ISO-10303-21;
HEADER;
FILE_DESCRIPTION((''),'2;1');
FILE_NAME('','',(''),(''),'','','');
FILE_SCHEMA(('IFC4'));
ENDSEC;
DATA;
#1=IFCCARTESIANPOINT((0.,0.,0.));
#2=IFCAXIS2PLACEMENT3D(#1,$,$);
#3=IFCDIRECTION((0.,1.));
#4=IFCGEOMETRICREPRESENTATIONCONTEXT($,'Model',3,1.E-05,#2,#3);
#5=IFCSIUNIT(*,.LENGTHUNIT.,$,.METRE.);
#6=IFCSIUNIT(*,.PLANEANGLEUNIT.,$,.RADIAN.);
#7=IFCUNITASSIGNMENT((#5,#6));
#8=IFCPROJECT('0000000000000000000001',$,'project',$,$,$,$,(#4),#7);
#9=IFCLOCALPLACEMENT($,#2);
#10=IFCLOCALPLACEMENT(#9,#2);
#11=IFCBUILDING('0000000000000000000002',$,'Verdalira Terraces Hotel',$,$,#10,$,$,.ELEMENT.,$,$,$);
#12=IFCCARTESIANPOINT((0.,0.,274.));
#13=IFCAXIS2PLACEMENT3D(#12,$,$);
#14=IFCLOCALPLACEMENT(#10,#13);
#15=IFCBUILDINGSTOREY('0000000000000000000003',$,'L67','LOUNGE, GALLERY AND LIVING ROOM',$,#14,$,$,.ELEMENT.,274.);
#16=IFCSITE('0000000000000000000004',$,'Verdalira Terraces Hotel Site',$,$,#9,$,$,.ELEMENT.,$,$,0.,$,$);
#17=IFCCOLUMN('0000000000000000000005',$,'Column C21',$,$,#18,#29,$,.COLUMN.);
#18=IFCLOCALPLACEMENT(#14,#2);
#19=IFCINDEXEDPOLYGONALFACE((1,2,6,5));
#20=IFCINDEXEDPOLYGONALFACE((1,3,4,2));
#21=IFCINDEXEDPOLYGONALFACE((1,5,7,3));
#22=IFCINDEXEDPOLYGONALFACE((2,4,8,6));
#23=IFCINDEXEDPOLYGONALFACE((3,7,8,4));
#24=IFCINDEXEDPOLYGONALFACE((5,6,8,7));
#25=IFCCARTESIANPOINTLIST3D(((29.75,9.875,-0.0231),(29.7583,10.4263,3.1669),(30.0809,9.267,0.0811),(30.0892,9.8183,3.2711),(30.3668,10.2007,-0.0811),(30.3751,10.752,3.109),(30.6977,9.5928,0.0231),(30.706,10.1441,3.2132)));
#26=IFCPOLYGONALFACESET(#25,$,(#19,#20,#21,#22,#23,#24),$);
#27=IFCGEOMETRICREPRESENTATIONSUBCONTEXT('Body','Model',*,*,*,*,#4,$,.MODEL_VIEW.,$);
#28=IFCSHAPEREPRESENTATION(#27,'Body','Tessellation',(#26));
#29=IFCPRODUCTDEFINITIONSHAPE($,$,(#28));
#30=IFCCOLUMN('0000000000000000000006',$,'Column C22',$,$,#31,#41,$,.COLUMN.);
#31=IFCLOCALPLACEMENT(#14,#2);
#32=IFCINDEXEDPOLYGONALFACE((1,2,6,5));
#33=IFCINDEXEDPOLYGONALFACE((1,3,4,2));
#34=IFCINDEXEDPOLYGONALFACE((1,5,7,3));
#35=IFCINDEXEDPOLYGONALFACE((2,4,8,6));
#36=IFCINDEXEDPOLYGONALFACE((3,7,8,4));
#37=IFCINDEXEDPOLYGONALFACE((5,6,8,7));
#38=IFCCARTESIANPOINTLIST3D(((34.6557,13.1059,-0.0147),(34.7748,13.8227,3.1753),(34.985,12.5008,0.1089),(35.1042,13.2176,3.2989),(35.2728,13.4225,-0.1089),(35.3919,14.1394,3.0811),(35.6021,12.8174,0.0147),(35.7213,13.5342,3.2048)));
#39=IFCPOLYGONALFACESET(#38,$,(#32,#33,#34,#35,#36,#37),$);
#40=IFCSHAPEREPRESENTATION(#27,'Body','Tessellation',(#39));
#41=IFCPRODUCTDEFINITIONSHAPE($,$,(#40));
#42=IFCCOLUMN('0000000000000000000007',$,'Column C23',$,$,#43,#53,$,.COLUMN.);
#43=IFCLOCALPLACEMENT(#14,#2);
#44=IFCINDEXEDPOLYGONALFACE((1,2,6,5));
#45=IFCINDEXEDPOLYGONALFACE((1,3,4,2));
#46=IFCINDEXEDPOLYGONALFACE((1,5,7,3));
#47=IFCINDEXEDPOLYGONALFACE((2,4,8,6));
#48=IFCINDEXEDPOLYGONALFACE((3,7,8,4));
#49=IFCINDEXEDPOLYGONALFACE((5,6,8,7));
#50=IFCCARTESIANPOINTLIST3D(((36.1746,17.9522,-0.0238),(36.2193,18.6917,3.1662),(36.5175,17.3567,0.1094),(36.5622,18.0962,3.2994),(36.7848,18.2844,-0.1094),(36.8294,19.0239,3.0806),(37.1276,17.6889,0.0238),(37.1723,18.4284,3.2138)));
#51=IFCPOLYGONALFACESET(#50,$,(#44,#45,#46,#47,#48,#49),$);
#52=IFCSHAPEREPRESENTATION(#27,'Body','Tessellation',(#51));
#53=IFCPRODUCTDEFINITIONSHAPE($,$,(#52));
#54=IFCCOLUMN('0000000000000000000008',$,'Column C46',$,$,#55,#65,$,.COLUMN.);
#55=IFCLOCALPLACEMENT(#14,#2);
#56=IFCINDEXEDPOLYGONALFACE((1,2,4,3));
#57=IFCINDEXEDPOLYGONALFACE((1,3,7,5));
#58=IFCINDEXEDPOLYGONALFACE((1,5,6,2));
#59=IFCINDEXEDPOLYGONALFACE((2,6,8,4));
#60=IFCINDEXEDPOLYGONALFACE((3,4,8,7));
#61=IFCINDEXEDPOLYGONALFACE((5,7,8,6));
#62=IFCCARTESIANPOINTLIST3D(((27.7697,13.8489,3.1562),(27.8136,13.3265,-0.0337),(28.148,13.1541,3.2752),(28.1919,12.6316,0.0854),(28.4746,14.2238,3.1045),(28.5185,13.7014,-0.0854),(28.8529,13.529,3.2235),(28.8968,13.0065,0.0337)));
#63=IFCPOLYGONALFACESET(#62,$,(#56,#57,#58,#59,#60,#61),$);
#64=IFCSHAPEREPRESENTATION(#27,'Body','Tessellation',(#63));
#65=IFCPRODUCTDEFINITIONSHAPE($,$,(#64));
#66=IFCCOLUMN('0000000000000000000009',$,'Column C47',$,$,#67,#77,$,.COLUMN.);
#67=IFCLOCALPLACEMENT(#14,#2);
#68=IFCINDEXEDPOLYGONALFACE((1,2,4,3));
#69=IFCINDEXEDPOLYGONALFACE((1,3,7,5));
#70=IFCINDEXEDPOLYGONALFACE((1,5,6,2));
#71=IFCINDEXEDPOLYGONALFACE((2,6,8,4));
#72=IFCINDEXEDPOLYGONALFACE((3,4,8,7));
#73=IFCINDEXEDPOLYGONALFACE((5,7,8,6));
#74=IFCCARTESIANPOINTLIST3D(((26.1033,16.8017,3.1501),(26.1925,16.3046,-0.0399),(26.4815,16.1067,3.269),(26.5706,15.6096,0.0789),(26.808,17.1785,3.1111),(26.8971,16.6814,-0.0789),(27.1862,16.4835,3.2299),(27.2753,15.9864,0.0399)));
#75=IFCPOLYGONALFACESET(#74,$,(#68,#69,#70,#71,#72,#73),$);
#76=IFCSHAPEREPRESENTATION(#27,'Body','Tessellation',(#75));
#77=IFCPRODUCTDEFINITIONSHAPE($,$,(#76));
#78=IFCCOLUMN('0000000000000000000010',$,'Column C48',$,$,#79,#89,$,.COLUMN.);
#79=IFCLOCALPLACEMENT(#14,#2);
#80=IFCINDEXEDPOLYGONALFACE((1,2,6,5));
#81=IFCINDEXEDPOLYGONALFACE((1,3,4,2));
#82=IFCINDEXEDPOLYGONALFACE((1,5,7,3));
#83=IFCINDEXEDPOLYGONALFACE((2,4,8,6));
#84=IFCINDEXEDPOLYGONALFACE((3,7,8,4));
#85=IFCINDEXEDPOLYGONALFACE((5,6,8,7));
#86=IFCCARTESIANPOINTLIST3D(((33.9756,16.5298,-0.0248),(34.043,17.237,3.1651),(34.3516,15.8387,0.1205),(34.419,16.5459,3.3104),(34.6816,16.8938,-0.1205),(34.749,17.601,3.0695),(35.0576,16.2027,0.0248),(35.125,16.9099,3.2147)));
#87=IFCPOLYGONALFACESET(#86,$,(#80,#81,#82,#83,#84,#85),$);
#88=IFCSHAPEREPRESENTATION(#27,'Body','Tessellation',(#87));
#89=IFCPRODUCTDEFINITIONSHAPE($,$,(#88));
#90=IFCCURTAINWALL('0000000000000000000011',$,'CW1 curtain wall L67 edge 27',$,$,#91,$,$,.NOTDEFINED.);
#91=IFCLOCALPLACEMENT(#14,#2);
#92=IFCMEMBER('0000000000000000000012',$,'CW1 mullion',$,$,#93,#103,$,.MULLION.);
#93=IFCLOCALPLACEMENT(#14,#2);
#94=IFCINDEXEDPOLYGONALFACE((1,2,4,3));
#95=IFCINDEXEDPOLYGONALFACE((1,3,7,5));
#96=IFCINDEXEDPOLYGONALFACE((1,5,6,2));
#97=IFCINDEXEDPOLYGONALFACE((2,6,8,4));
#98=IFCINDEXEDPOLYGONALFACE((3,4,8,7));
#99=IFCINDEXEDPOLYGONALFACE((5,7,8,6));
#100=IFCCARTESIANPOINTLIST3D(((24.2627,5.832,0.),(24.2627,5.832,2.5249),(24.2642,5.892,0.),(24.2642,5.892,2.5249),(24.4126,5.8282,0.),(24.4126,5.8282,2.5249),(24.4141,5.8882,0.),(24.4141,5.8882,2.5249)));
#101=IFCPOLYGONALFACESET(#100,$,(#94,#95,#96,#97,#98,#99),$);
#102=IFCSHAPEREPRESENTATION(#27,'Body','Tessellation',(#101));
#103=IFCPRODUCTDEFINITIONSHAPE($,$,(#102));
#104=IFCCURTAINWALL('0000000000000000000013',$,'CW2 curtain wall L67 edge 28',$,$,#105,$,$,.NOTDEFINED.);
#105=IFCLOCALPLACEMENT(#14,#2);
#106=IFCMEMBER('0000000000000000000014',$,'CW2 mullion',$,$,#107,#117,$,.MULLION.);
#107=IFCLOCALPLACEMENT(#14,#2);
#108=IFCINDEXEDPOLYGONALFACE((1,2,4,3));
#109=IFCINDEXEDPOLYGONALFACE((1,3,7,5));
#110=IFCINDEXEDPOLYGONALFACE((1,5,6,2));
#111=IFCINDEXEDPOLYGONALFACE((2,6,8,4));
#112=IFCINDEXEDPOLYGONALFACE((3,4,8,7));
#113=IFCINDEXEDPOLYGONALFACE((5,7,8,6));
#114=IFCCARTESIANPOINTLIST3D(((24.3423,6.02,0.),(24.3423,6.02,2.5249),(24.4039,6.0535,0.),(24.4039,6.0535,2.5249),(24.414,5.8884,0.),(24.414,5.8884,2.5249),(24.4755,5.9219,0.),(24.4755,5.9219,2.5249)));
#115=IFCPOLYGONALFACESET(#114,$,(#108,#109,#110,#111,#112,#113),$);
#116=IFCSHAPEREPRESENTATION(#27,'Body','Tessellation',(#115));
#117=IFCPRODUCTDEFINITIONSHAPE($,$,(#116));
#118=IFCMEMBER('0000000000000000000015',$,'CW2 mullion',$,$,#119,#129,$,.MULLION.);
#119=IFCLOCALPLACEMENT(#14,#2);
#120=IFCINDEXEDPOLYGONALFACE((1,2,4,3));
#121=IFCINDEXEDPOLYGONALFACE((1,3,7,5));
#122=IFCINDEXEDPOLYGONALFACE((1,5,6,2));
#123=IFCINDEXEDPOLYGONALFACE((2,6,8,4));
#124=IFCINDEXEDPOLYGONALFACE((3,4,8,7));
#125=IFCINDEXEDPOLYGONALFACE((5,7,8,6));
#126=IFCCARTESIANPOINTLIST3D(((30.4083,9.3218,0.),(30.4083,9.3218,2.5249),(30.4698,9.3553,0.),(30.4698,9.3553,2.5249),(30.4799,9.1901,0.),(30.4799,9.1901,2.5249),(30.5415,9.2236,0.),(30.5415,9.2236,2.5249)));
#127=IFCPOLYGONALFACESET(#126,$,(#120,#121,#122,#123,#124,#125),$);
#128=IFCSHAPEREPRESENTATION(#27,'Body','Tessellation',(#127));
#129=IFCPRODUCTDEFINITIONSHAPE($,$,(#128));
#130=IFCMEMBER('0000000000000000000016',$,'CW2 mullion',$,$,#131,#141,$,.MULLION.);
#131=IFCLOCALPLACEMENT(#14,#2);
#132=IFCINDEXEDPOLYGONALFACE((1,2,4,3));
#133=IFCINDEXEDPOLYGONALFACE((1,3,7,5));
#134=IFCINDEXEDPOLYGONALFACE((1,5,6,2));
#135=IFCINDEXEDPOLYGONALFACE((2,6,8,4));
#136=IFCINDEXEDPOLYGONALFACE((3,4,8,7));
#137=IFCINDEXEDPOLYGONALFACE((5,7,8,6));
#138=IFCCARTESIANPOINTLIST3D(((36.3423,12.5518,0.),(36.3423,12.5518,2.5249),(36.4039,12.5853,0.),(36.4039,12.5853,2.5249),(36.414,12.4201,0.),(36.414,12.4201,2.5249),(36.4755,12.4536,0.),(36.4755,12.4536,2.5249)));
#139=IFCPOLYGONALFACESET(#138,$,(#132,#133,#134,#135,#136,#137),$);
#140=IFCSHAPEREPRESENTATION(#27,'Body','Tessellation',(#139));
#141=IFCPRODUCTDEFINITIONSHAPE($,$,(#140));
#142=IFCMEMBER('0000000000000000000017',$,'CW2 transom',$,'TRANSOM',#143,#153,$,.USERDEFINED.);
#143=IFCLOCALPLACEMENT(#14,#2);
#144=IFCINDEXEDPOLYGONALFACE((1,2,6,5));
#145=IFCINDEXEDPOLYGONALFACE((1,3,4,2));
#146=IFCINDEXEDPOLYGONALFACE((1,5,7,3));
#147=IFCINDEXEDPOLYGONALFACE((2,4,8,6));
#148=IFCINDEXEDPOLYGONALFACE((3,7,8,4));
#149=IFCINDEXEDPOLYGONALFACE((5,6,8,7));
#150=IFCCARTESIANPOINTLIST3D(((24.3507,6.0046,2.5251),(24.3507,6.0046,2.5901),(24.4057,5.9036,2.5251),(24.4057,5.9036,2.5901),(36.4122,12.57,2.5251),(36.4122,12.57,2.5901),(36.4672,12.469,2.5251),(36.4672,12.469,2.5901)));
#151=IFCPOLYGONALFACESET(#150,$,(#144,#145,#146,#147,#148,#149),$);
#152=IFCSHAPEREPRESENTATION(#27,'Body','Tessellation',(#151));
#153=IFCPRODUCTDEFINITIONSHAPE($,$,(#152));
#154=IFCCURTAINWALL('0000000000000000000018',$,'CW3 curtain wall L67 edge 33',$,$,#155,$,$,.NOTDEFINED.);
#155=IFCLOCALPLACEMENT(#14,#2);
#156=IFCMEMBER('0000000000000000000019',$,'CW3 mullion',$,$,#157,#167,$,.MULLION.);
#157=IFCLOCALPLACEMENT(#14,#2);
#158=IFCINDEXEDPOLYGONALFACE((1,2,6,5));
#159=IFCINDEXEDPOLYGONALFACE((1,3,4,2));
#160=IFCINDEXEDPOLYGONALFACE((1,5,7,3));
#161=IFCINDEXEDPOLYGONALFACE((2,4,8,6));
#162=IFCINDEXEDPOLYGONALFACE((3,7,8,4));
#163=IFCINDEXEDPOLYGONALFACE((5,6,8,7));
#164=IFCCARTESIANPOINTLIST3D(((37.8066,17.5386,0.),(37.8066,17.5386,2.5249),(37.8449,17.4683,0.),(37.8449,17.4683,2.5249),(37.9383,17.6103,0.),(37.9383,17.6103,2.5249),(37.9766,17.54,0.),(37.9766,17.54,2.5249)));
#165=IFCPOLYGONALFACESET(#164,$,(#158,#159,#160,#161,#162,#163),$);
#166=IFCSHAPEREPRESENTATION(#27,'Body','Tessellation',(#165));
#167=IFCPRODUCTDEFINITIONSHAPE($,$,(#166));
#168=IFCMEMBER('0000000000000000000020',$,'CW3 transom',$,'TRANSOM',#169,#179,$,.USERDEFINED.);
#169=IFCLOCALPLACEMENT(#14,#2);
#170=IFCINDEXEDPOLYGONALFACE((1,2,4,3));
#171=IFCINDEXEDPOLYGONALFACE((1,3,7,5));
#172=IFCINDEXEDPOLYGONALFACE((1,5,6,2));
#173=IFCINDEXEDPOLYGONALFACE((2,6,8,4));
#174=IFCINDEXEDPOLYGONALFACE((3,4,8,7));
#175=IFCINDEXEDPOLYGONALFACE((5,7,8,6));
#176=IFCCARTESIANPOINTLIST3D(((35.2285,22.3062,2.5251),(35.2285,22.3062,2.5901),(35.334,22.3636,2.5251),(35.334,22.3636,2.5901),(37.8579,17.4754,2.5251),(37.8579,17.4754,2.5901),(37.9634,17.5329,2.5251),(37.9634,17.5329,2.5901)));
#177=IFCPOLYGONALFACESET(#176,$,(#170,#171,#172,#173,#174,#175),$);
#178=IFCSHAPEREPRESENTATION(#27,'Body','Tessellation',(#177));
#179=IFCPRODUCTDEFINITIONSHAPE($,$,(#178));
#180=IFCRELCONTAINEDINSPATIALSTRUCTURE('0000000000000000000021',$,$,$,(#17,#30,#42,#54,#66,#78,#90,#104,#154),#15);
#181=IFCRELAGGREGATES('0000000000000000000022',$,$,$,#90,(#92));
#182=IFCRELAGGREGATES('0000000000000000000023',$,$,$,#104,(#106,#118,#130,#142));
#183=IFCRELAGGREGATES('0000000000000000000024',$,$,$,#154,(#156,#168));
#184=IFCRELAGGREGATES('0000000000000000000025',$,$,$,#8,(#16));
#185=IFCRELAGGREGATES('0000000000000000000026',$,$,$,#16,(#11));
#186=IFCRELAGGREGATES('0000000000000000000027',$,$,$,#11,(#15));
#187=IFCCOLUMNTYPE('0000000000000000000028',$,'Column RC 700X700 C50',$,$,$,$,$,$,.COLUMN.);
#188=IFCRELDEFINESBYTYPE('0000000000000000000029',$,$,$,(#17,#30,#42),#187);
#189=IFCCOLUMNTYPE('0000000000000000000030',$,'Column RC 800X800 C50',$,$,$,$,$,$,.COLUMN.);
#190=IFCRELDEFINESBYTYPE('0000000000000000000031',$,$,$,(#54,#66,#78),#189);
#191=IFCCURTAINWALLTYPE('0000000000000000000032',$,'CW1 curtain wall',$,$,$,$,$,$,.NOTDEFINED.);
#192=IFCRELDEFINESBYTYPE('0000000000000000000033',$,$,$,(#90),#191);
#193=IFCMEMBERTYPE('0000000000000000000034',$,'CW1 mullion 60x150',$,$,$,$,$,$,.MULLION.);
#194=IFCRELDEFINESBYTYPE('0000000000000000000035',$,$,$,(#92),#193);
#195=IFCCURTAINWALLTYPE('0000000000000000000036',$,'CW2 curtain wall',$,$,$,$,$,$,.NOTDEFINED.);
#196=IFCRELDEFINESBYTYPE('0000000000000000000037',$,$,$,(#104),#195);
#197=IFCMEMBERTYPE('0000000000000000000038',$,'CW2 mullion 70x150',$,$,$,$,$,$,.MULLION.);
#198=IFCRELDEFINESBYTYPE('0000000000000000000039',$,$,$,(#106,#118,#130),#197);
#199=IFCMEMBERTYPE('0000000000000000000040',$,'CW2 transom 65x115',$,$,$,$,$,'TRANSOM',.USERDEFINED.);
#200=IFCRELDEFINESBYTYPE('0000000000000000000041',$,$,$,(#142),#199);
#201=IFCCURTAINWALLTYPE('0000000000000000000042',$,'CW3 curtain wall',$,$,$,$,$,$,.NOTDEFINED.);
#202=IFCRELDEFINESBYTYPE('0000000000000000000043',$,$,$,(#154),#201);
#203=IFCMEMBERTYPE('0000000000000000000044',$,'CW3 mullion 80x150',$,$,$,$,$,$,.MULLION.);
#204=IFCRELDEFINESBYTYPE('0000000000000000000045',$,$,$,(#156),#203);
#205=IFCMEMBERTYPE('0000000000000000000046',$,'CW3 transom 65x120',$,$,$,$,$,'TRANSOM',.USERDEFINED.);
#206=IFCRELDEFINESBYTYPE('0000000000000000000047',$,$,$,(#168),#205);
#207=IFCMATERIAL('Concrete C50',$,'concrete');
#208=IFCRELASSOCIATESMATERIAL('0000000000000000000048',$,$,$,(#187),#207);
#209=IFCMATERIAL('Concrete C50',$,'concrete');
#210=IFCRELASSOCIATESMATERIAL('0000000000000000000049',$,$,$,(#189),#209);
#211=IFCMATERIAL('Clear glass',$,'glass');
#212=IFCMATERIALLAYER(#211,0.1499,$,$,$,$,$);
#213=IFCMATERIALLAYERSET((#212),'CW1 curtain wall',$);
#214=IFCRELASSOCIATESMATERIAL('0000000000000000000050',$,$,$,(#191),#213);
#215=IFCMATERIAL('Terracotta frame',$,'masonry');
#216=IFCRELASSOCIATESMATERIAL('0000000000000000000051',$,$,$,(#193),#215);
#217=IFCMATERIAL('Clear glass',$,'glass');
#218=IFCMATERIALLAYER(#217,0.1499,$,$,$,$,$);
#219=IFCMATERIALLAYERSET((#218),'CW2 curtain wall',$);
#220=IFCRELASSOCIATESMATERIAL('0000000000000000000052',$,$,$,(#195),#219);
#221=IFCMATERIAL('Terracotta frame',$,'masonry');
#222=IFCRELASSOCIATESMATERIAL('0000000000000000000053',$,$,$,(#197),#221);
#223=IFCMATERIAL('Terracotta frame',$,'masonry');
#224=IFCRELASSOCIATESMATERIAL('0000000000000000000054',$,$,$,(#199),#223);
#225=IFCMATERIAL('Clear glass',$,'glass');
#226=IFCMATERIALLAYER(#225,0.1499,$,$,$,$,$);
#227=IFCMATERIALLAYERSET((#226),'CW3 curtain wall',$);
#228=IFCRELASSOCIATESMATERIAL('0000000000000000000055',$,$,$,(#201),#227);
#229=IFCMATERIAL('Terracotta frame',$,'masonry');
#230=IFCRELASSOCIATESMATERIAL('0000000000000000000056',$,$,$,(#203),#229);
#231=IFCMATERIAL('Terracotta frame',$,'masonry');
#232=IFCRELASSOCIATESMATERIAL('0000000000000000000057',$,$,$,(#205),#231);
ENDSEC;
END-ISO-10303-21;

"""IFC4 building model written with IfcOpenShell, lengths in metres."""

from ifc_helpers import new_model, si_unit, direction, frame, origin, origin_2d, place, context, subcontext, project, spatial, rectangle, extrude, material, layer, layer_set, material_profile, profile_set, type_object, element, aggregate, save


model = new_model("IFC4")

# Units and contexts
model_context = context("Model", 3, precision=1e-05, world=origin(), true_north=direction((0.0, 1.0)))
body_context = subcontext(model_context, "Body", "Model", "MODEL_VIEW")
ifc_project = project(units=[si_unit("LENGTHUNIT", "METRE"), si_unit("PLANEANGLEUNIT", "RADIAN")], contexts=[model_context])

# Site, building, storey
site_placement = place(None, origin())
site = spatial("IfcSite", under=ifc_project, at=site_placement, Name="Verdalira Terraces Hotel Site", CompositionType="ELEMENT", RefElevation=0.0)
building_placement = place(site_placement, origin())
building = spatial("IfcBuilding", under=site, at=building_placement, Name="Verdalira Terraces Hotel", CompositionType="ELEMENT")
storey_placement = place(building_placement, frame((0.0, 0.0, 274.0)))
storey = spatial("IfcBuildingStorey", under=building, at=storey_placement, Name="L67", Description="LOUNGE, GALLERY AND LIVING ROOM", CompositionType="ELEMENT", Elevation=274.0)

# Columns
ifc_material_1 = material(Name="Concrete C50", Category="concrete")
ifc_material_profile_1 = material_profile(ifc_material_1, rectangle(XDim=0.7, YDim=0.7, at=origin_2d()), Name="RC 700X700")
ifc_profile_set_1 = profile_set([ifc_material_profile_1], Name="Concrete C50")
column_type_1 = type_object("IfcColumnType", Name="Column RC 700X700 C50", PredefinedType="COLUMN", material=ifc_profile_set_1)
column_1_placement = place(storey_placement, frame((30.2239, 9.7339, 0.0), z_axis=(0.002564, 0.17029, 0.985391), x_axis=(0.881217, 0.465417, -0.082724)))
element("IfcColumn", 1, at=column_1_placement, inside=storey, type_object=column_type_1, Name="Column C21", PredefinedType="COLUMN", context=body_context, shape_type="SweptSolid", body=[
    extrude(rectangle(XDim=0.7, YDim=0.7, at=origin_2d()), origin(), (0.0, 0.0, 1.0), 3.2373),
])
column_2_placement = place(storey_placement, frame((35.1289, 12.9617, 0.0), z_axis=(0.036416, 0.219093, 0.975024), x_axis=(0.881628, 0.452352, -0.134574)))
element("IfcColumn", 2, at=column_2_placement, inside=storey, type_object=column_type_1, Name="Column C22", PredefinedType="COLUMN", context=body_context, shape_type="SweptSolid", body=[
    extrude(rectangle(XDim=0.7, YDim=0.7, at=origin_2d()), origin(), (0.0, 0.0, 1.0), 3.2717),
])
column_3_placement = place(storey_placement, frame((36.6511, 17.8206, 0.0), z_axis=(0.013643, 0.225813, 0.974075), x_axis=(-0.489866, 0.85076, -0.190365)))
element("IfcColumn", 3, at=column_3_placement, inside=storey, type_object=column_type_1, Name="Column C23", PredefinedType="COLUMN", context=body_context, shape_type="SweptSolid", body=[
    extrude(rectangle(XDim=0.7, YDim=0.7, at=origin_2d()), origin(), (0.0, 0.0, 1.0), 3.2749),
])
ifc_material_2 = material(Name="Concrete C50", Category="concrete")
ifc_material_profile_2 = material_profile(ifc_material_2, rectangle(XDim=0.8, YDim=0.8, at=origin_2d()), Name="RC 800X800")
ifc_profile_set_2 = profile_set([ifc_material_profile_2], Name="Concrete C50")
column_type_2 = type_object("IfcColumnType", Name="Column RC 800X800 C50", PredefinedType="COLUMN", material=ifc_profile_set_2)
column_4_placement = place(storey_placement, frame((28.3552, 13.1665, 0.0), z_axis=(-0.013594, 0.161615, 0.98676), x_axis=(0.881061, 0.468569, -0.064606)))
element("IfcColumn", 4, at=column_4_placement, inside=storey, type_object=column_type_2, Name="Column C46", PredefinedType="COLUMN", context=body_context, shape_type="SweptSolid", body=[
    extrude(rectangle(XDim=0.8, YDim=0.8, at=origin_2d()), origin(), (0.0, 0.0, 1.0), 3.2327),
])
column_5_placement = place(storey_placement, frame((26.7339, 16.1455, 0.0), z_axis=(-0.027591, 0.153908, 0.9877), x_axis=(0.880802, 0.470964, -0.048782)))
element("IfcColumn", 5, at=column_5_placement, inside=storey, type_object=column_type_2, Name="Column C47", PredefinedType="COLUMN", context=body_context, shape_type="SweptSolid", body=[
    extrude(rectangle(XDim=0.8, YDim=0.8, at=origin_2d()), origin(), (0.0, 0.0, 1.0), 3.2297),
])
column_6_placement = place(storey_placement, frame((34.5166, 16.3662, 0.0), z_axis=(0.020618, 0.216418, 0.976083), x_axis=(0.882445, 0.454979, -0.119519)))
element("IfcColumn", 6, at=column_6_placement, inside=storey, type_object=column_type_2, Name="Column C48", PredefinedType="COLUMN", context=body_context, shape_type="SweptSolid", body=[
    extrude(rectangle(XDim=0.8, YDim=0.8, at=origin_2d()), origin(), (0.0, 0.0, 1.0), 3.2681),
])

# Curtain wall, member
ifc_material_3 = material(Name="Clear glass", Category="glass")
ifc_layer_1 = layer(ifc_material_3, 0.1499)
ifc_layer_set_1 = layer_set([ifc_layer_1], Name="CW1 curtain wall")
curtain_wall_type_1 = type_object("IfcCurtainWallType", Name="CW1 curtain wall", PredefinedType="NOTDEFINED", material=ifc_layer_set_1)
curtain_wall_1_placement = place(storey_placement, origin())
curtain_wall_1 = element("IfcCurtainWall", 7, at=curtain_wall_1_placement, inside=storey, type_object=curtain_wall_type_1, Name="CW1 curtain wall L67 edge 27", PredefinedType="NOTDEFINED")
ifc_material_4 = material(Name="Terracotta frame", Category="masonry")
ifc_material_profile_3 = material_profile(ifc_material_4, rectangle(XDim=0.0601, YDim=0.1499, at=origin_2d()), Name="MU 60x150")
ifc_profile_set_3 = profile_set([ifc_material_profile_3], Name="Terracotta frame")
member_type_1 = type_object("IfcMemberType", Name="CW1 mullion 60x150", PredefinedType="MULLION", material=ifc_profile_set_3)
member_1_placement = place(storey_placement, frame((24.3384, 5.8601, 0.0), z_axis=(0.0, 0.0, 1.0), x_axis=(0.02513, 0.999684, 0.0)))
member_1 = element("IfcMember", 8, at=member_1_placement, type_object=member_type_1, Name="CW1 mullion", PredefinedType="MULLION", context=body_context, shape_type="SweptSolid", body=[
    extrude(rectangle(XDim=0.0601, YDim=0.1499, at=origin_2d()), origin(), (0.0, 0.0, 1.0), 2.5249),
])
aggregate(curtain_wall_1, [member_1])

# Curtain walls, members
ifc_material_5 = material(Name="Clear glass", Category="glass")
ifc_layer_2 = layer(ifc_material_5, 0.1499)
ifc_layer_set_2 = layer_set([ifc_layer_2], Name="CW2 curtain wall")
curtain_wall_type_2 = type_object("IfcCurtainWallType", Name="CW2 curtain wall", PredefinedType="NOTDEFINED", material=ifc_layer_set_2)
curtain_wall_2_placement = place(storey_placement, origin())
curtain_wall_2 = element("IfcCurtainWall", 9, at=curtain_wall_2_placement, inside=storey, type_object=curtain_wall_type_2, Name="CW2 curtain wall L67 edge 28", PredefinedType="NOTDEFINED")
ifc_material_6 = material(Name="Terracotta frame", Category="masonry")
ifc_material_profile_4 = material_profile(ifc_material_6, rectangle(XDim=0.0701, YDim=0.1499, at=origin_2d()), Name="MU 70x150")
ifc_profile_set_4 = profile_set([ifc_material_profile_4], Name="Terracotta frame")
member_type_2 = type_object("IfcMemberType", Name="CW2 mullion 70x150", PredefinedType="MULLION", material=ifc_profile_set_4)
member_2_placement = place(storey_placement, frame((24.4089, 5.9709, 0.0), z_axis=(0.0, 0.0, 1.0), x_axis=(0.878317, 0.478079, 0.0)))
member_2 = element("IfcMember", 10, at=member_2_placement, type_object=member_type_2, Name="CW2 mullion", PredefinedType="MULLION", context=body_context, shape_type="SweptSolid", body=[
    extrude(rectangle(XDim=0.0701, YDim=0.1499, at=origin_2d()), origin(), (0.0, 0.0, 1.0), 2.5249),
])
member_3_placement = place(storey_placement, frame((30.4749, 9.2727, 0.0), z_axis=(0.0, 0.0, 1.0), x_axis=(0.878317, 0.478079, 0.0)))
member_3 = element("IfcMember", 11, at=member_3_placement, type_object=member_type_2, Name="CW2 mullion", PredefinedType="MULLION", context=body_context, shape_type="SweptSolid", body=[
    extrude(rectangle(XDim=0.0701, YDim=0.1499, at=origin_2d()), origin(), (0.0, 0.0, 1.0), 2.5249),
])
member_4_placement = place(storey_placement, frame((36.4089, 12.5027, 0.0), z_axis=(0.0, 0.0, 1.0), x_axis=(0.878317, 0.478079, 0.0)))
member_4 = element("IfcMember", 12, at=member_4_placement, type_object=member_type_2, Name="CW2 mullion", PredefinedType="MULLION", context=body_context, shape_type="SweptSolid", body=[
    extrude(rectangle(XDim=0.0701, YDim=0.1499, at=origin_2d()), origin(), (0.0, 0.0, 1.0), 2.5249),
])
ifc_material_7 = material(Name="Terracotta frame", Category="masonry")
ifc_material_profile_5 = material_profile(ifc_material_7, rectangle(XDim=0.115, YDim=0.0649, at=origin_2d()), Name="TR 65x115")
ifc_profile_set_5 = profile_set([ifc_material_profile_5], Name="Terracotta frame")
member_type_3 = type_object("IfcMemberType", Name="CW2 transom 65x115", ElementType="TRANSOM", PredefinedType="USERDEFINED", material=ifc_profile_set_5)
member_5_placement = place(storey_placement, frame((24.3782, 5.9541, 2.5576), z_axis=(0.878311, 0.47809, 0.0), x_axis=(-0.47809, 0.878311, 0.0)))
member_5 = element("IfcMember", 13, at=member_5_placement, type_object=member_type_3, Name="CW2 transom", ObjectType="TRANSOM", PredefinedType="USERDEFINED", context=body_context, shape_type="SweptSolid", body=[
    extrude(rectangle(XDim=0.115, YDim=0.0649, at=origin_2d()), origin(), (0.0, 0.0, 1.0), 13.7327),
])
ifc_material_8 = material(Name="Clear glass", Category="glass")
ifc_layer_3 = layer(ifc_material_8, 0.1499)
ifc_layer_set_3 = layer_set([ifc_layer_3], Name="CW3 curtain wall")
curtain_wall_type_3 = type_object("IfcCurtainWallType", Name="CW3 curtain wall", PredefinedType="NOTDEFINED", material=ifc_layer_set_3)
curtain_wall_3_placement = place(storey_placement, origin())
curtain_wall_3 = element("IfcCurtainWall", 14, at=curtain_wall_3_placement, inside=storey, type_object=curtain_wall_type_3, Name="CW3 curtain wall L67 edge 33", PredefinedType="NOTDEFINED")
ifc_material_9 = material(Name="Terracotta frame", Category="masonry")
ifc_material_profile_6 = material_profile(ifc_material_9, rectangle(XDim=0.0801, YDim=0.1499, at=origin_2d()), Name="MU 80x150")
ifc_profile_set_6 = profile_set([ifc_material_profile_6], Name="Terracotta frame")
member_type_4 = type_object("IfcMemberType", Name="CW3 mullion 80x150", PredefinedType="MULLION", material=ifc_profile_set_6)
member_6_placement = place(storey_placement, frame((37.8916, 17.5393, 0.0), z_axis=(0.0, 0.0, 1.0), x_axis=(-0.478079, 0.878317, 0.0)))
member_6 = element("IfcMember", 15, at=member_6_placement, type_object=member_type_4, Name="CW3 mullion", PredefinedType="MULLION", context=body_context, shape_type="SweptSolid", body=[
    extrude(rectangle(XDim=0.0801, YDim=0.1499, at=origin_2d()), origin(), (0.0, 0.0, 1.0), 2.5249),
])
ifc_material_10 = material(Name="Terracotta frame", Category="masonry")
ifc_material_profile_7 = material_profile(ifc_material_10, rectangle(XDim=0.1201, YDim=0.0649, at=origin_2d()), Name="TR 65x120")
ifc_profile_set_7 = profile_set([ifc_material_profile_7], Name="Terracotta frame")
member_type_5 = type_object("IfcMemberType", Name="CW3 transom 65x120", ElementType="TRANSOM", PredefinedType="USERDEFINED", material=ifc_profile_set_7)
member_7_placement = place(storey_placement, frame((37.9106, 17.5041, 2.5576), z_axis=(-0.478068, 0.878323, 0.0), x_axis=(-0.878323, -0.478068, 0.0)))
member_7 = element("IfcMember", 16, at=member_7_placement, type_object=member_type_5, Name="CW3 transom", ObjectType="TRANSOM", PredefinedType="USERDEFINED", context=body_context, shape_type="SweptSolid", body=[
    extrude(rectangle(XDim=0.1201, YDim=0.0649, at=origin_2d()), origin(), (0.0, 0.0, 1.0), 5.5),
])

aggregate(curtain_wall_2, [member_2, member_3, member_4, member_5])
aggregate(curtain_wall_3, [member_6, member_7])

save(model, "model.ifc")
